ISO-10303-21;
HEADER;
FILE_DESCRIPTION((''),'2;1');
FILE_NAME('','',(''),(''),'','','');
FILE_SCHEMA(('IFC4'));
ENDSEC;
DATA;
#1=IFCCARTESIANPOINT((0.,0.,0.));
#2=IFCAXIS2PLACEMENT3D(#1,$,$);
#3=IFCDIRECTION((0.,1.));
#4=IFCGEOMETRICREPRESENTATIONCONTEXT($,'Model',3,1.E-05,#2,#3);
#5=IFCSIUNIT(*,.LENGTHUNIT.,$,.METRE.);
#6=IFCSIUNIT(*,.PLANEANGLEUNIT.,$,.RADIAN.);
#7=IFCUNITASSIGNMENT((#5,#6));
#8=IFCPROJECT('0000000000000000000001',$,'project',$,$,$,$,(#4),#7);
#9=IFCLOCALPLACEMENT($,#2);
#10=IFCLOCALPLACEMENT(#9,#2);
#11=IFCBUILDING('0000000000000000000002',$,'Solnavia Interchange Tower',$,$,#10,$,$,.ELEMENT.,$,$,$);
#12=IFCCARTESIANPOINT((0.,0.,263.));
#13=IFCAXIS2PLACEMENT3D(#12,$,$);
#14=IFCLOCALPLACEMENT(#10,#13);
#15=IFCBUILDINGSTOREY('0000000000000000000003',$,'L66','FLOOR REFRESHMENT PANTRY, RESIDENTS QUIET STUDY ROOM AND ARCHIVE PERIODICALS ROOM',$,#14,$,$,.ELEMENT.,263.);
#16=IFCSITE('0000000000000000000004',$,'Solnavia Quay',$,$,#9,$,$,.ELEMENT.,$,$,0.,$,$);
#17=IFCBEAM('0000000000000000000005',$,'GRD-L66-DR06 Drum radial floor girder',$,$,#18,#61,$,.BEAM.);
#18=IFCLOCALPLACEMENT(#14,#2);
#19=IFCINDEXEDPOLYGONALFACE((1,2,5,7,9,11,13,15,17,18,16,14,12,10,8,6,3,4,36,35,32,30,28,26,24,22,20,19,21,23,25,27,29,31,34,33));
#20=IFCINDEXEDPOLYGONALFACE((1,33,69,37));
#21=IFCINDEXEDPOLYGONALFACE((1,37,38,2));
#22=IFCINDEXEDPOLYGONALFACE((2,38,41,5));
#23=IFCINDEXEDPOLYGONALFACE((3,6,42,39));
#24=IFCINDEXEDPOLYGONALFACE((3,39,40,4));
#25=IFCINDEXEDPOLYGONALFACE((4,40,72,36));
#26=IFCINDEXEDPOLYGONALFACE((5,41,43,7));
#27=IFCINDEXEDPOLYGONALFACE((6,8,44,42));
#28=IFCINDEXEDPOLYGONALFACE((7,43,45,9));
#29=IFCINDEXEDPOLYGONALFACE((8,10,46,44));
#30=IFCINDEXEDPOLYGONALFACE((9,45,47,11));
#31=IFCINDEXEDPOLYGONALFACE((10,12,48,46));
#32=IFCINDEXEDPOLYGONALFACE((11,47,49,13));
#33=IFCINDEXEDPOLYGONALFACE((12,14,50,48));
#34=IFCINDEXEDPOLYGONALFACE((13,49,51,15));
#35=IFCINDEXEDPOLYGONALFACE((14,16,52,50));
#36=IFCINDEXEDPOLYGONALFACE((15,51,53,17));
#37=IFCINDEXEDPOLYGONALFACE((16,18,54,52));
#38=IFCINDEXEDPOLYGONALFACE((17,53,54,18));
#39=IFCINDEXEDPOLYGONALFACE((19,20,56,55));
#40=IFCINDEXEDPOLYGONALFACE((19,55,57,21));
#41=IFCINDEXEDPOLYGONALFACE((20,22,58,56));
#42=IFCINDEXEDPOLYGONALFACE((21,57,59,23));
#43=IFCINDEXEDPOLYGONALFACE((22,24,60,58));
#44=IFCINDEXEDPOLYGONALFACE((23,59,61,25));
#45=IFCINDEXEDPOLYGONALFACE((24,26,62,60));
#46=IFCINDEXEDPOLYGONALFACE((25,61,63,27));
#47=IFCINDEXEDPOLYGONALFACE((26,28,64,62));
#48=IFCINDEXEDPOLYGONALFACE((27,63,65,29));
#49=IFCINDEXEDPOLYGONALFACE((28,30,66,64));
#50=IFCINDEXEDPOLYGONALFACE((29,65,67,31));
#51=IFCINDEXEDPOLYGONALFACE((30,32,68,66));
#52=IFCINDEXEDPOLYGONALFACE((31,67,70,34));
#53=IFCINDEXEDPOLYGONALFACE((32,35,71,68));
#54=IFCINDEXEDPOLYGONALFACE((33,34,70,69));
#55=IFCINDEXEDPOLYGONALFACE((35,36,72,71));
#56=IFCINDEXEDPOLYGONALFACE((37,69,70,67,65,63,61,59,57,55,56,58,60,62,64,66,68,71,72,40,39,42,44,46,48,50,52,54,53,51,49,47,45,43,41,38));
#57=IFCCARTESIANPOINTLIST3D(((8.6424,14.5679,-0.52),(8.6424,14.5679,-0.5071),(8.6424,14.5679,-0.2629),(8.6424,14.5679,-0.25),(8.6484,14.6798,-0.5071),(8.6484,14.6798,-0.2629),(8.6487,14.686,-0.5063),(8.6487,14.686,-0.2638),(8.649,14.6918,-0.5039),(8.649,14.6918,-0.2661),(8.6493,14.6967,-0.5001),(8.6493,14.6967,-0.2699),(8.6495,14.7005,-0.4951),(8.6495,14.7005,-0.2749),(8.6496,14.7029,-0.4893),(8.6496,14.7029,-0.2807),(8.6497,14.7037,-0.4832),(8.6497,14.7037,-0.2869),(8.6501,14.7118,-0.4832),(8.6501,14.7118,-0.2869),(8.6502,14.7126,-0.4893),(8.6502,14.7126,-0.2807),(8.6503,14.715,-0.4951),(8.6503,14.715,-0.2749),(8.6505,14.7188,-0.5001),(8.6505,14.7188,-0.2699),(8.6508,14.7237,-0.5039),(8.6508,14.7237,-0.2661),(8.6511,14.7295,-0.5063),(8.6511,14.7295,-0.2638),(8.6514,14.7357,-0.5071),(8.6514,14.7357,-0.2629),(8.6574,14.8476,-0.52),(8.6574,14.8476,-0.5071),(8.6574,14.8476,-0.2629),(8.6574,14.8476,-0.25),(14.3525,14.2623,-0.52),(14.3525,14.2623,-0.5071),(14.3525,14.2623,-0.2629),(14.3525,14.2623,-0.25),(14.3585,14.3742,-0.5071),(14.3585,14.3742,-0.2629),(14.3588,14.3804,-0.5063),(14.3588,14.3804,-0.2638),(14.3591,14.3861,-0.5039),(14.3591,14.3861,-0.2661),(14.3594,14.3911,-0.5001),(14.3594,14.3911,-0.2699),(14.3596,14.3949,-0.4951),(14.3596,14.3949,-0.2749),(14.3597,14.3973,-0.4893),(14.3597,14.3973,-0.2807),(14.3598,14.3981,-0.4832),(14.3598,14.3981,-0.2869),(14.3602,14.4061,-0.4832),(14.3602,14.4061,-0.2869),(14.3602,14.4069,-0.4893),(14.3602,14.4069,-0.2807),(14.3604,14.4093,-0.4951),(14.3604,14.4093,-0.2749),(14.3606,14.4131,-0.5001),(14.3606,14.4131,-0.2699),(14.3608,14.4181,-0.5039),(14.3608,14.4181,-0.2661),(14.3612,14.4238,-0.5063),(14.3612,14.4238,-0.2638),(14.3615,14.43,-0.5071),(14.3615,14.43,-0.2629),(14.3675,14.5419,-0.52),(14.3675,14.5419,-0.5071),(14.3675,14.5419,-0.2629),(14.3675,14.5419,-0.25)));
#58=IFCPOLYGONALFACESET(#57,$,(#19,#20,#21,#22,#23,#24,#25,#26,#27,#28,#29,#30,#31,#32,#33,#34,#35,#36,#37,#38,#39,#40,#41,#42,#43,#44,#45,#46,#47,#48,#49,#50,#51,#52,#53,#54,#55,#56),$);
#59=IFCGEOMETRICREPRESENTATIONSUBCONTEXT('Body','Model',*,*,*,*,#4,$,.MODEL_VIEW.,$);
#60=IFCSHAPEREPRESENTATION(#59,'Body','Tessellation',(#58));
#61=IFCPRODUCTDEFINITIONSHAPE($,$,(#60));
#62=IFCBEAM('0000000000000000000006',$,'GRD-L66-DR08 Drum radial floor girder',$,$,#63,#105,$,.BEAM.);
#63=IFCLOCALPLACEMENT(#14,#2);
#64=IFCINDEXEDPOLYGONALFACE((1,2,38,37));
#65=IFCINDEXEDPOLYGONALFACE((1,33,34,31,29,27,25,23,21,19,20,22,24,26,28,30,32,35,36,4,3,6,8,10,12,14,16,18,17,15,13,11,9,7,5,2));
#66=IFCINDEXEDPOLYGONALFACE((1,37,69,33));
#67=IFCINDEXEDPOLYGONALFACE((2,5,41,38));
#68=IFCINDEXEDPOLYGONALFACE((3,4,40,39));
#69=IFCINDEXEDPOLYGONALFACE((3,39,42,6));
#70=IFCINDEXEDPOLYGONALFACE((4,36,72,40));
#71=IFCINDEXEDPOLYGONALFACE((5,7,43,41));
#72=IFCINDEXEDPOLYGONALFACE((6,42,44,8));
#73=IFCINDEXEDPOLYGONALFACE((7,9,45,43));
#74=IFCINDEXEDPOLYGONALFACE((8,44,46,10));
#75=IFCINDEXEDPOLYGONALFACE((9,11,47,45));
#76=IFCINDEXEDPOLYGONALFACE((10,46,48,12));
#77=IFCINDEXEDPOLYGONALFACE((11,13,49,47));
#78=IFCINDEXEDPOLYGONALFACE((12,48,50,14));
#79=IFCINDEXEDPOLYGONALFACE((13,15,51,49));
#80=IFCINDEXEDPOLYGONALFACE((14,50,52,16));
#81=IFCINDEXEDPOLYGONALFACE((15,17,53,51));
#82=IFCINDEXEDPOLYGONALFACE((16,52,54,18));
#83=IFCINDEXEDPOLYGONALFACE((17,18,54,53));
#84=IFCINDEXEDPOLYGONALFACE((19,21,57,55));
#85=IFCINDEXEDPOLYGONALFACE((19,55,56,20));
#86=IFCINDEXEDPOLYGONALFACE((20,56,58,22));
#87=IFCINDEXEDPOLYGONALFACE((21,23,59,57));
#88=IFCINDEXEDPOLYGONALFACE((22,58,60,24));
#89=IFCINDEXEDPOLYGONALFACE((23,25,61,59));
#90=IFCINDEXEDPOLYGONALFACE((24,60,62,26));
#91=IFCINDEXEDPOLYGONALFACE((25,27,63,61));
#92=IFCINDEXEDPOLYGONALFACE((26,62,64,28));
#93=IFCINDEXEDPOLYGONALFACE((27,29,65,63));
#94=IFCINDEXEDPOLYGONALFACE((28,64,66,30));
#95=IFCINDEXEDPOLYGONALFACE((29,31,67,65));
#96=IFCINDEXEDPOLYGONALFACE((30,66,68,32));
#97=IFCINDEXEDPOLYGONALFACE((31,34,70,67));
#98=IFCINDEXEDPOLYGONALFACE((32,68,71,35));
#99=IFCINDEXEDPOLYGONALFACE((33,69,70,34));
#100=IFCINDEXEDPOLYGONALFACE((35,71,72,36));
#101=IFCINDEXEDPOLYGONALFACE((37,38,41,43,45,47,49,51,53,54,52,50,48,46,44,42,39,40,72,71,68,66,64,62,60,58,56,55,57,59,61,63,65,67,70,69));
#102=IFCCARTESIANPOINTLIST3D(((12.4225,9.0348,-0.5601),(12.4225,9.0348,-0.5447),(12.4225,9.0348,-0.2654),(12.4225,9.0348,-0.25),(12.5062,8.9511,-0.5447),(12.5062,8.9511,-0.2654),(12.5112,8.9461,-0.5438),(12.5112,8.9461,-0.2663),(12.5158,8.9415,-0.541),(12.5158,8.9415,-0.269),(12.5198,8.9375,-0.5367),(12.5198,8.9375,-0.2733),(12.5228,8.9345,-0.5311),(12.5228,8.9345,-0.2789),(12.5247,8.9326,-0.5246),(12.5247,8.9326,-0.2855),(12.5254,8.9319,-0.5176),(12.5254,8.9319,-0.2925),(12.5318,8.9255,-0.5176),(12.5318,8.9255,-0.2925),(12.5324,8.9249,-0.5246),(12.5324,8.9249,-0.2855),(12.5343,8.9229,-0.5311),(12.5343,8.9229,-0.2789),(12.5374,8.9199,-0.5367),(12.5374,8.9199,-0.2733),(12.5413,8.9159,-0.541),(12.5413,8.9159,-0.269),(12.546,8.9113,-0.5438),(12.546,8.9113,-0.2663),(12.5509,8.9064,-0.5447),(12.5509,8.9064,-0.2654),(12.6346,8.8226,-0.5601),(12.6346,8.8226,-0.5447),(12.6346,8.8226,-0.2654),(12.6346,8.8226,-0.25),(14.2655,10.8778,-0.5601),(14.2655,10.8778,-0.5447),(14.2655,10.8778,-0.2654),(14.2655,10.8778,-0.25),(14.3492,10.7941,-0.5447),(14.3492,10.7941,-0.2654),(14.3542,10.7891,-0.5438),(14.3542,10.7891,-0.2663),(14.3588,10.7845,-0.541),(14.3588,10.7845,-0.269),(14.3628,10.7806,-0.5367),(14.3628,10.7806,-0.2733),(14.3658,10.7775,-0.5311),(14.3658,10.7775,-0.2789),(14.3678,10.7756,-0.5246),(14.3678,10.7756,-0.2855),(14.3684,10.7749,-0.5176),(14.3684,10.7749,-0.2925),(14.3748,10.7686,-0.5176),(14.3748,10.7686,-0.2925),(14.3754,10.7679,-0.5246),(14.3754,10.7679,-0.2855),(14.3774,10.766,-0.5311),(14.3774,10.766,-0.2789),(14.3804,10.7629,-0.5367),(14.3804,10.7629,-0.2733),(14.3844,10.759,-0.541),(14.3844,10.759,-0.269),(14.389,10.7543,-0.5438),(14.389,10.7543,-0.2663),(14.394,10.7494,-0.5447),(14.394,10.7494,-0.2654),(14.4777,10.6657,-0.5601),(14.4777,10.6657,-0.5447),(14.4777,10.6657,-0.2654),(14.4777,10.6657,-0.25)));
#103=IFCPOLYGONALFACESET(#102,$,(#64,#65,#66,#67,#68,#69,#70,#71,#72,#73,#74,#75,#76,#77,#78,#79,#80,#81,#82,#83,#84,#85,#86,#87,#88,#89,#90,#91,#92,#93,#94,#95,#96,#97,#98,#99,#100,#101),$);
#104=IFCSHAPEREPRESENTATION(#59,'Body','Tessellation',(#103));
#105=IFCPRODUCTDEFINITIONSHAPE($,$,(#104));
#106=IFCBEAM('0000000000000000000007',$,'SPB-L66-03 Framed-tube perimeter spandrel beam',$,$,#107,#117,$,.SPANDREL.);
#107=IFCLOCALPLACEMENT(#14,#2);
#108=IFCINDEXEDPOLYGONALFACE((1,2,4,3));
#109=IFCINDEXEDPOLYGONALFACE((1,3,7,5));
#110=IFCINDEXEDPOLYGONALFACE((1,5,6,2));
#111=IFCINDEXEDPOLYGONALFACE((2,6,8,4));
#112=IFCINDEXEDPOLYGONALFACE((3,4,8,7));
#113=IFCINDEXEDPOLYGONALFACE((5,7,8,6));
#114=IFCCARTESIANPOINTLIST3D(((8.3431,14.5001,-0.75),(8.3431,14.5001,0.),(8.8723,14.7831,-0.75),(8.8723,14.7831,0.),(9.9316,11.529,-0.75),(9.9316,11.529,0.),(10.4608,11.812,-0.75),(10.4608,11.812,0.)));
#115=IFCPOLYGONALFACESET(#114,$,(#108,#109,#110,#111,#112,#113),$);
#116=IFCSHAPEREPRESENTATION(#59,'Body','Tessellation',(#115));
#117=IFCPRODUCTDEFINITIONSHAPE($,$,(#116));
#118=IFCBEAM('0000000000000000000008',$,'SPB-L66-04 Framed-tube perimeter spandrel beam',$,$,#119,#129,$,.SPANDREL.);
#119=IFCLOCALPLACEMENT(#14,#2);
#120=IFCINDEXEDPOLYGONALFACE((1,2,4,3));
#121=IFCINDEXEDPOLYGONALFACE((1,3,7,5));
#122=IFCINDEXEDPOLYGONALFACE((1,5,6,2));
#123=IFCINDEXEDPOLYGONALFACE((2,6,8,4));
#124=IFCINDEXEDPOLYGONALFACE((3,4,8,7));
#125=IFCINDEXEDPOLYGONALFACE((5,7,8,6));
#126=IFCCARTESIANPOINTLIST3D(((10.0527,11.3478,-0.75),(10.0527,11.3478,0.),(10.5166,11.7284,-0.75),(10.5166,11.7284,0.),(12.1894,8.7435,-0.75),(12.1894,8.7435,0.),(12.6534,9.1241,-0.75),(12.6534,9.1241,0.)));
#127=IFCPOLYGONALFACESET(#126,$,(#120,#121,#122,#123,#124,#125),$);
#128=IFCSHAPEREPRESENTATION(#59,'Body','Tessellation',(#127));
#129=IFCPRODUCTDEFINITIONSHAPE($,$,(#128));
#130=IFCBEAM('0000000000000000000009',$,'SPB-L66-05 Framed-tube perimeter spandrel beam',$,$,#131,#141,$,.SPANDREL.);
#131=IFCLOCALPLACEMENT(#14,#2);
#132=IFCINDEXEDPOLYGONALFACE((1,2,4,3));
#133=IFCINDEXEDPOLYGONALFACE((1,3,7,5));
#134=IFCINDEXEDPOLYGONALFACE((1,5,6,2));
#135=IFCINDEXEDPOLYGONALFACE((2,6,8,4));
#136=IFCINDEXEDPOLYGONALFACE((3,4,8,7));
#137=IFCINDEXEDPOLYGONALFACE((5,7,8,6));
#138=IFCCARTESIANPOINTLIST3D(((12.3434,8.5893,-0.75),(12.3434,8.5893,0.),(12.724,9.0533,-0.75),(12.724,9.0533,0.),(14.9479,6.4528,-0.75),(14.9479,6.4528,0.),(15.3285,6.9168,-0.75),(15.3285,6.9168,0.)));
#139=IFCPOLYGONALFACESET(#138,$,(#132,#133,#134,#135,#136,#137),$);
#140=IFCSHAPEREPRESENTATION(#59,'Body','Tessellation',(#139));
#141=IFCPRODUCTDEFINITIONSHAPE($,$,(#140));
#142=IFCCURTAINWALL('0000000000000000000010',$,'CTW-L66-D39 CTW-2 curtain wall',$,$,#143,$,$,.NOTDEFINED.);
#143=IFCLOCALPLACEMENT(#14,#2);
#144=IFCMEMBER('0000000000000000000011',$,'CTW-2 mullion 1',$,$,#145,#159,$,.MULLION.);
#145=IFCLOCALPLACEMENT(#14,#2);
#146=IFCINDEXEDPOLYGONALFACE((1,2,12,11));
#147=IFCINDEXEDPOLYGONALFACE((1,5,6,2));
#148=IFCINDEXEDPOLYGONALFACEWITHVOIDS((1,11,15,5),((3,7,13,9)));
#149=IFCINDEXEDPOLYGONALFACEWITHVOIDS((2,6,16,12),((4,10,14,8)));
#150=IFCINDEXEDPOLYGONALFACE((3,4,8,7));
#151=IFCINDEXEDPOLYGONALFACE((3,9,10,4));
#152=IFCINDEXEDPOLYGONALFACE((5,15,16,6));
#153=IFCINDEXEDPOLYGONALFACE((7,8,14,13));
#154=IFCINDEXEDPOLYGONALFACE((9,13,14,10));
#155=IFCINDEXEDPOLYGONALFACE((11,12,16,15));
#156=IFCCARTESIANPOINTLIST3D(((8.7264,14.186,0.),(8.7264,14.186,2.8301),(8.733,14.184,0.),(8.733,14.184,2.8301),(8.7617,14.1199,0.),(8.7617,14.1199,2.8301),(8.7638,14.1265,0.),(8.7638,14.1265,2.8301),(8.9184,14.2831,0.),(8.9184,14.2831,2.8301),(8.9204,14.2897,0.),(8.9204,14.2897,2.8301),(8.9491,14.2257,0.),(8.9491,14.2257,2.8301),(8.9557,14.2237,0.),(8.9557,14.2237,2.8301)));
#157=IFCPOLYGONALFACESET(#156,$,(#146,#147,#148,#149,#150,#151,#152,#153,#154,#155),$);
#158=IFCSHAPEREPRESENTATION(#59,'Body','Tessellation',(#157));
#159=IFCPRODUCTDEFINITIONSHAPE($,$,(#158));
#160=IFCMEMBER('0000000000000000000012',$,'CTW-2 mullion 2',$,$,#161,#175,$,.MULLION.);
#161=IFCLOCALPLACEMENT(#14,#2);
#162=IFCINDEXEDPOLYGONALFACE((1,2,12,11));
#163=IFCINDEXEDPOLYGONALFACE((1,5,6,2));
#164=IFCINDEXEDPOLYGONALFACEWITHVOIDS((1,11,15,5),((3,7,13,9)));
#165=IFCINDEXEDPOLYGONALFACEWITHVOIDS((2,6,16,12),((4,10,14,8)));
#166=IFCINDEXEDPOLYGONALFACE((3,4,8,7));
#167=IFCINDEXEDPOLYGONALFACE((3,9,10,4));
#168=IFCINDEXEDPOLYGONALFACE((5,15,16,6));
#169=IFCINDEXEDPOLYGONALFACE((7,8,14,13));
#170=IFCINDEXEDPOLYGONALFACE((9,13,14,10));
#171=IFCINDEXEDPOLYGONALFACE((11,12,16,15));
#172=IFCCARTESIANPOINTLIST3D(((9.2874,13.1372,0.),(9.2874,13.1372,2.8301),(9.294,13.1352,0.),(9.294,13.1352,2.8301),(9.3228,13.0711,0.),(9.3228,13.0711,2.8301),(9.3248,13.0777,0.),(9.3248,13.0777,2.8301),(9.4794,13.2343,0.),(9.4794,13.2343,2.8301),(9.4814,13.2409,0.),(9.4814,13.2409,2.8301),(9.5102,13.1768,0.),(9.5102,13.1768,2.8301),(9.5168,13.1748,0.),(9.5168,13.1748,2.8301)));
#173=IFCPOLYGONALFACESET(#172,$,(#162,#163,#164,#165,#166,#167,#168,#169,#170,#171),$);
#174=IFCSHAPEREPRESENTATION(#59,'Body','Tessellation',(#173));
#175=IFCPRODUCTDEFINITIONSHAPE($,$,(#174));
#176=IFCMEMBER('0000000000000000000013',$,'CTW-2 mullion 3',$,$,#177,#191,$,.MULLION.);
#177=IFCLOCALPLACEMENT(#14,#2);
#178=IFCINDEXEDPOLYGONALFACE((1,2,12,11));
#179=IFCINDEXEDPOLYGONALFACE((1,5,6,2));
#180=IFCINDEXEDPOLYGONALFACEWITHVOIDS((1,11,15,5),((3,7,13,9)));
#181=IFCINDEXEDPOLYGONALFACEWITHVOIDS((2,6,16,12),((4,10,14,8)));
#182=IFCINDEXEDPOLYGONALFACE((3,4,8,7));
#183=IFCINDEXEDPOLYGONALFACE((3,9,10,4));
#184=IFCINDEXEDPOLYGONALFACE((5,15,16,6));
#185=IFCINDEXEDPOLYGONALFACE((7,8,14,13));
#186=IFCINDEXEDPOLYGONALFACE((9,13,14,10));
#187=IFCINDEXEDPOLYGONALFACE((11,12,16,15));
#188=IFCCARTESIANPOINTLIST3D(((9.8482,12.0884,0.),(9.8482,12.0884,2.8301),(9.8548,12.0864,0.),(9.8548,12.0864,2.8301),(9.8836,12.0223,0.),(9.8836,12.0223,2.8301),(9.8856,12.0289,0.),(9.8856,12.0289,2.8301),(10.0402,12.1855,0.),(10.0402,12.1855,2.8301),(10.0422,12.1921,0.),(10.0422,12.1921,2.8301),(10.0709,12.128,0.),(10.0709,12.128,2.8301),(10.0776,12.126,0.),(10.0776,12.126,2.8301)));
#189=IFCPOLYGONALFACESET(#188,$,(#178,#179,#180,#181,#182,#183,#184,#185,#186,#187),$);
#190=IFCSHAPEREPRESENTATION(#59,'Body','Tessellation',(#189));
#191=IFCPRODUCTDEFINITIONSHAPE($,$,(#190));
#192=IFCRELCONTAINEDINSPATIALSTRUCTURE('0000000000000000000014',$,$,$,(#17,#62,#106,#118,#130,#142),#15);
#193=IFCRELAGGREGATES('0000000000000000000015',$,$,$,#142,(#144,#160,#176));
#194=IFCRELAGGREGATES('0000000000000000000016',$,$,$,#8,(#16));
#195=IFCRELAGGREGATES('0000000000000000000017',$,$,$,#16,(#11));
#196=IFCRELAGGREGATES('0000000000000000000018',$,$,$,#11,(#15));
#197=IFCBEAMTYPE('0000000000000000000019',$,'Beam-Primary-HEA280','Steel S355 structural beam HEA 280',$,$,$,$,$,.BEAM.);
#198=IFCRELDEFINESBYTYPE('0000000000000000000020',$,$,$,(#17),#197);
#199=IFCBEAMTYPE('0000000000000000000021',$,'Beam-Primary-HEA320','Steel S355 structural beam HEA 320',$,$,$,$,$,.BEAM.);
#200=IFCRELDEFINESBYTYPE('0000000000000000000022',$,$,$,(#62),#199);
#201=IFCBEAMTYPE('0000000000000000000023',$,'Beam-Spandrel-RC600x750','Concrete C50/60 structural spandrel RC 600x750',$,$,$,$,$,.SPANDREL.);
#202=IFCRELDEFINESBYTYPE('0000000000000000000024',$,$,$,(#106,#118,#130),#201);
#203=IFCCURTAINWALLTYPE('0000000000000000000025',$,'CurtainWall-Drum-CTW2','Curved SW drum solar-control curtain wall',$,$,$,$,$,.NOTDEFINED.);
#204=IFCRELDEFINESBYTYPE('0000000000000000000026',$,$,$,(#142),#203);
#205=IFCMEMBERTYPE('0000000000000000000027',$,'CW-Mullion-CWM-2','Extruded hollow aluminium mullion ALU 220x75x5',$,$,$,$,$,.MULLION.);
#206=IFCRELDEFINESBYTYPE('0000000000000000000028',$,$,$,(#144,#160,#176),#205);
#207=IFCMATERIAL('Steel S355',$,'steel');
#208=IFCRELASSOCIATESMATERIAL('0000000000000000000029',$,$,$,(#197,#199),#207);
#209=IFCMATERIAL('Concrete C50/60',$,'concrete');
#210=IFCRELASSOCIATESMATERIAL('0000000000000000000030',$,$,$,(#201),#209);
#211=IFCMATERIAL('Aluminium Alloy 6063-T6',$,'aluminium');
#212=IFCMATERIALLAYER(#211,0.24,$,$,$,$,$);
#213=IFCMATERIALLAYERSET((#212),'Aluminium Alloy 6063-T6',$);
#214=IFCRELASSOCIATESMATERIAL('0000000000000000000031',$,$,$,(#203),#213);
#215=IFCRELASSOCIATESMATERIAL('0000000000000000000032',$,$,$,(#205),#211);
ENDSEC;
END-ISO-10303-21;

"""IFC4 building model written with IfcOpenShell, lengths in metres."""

from ifc_helpers import new_model, si_unit, direction, frame, origin, origin_2d, place, context, subcontext, project, spatial, rectangle, hollow_rectangle, i_section, extrude, material, layer, layer_set, material_profile, profile_set, type_object, element, aggregate, save


model = new_model("IFC4")

# Units and contexts
model_context = context("Model", 3, precision=1e-05, world=origin(), true_north=direction((0.0, 1.0)))
body_context = subcontext(model_context, "Body", "Model", "MODEL_VIEW")
ifc_project = project(units=[si_unit("LENGTHUNIT", "METRE"), si_unit("PLANEANGLEUNIT", "RADIAN")], contexts=[model_context])

# Site, building, storey
site_placement = place(None, origin())
site = spatial("IfcSite", under=ifc_project, at=site_placement, Name="Solnavia Quay", CompositionType="ELEMENT", RefElevation=0.0)
building_placement = place(site_placement, origin())
building = spatial("IfcBuilding", under=site, at=building_placement, Name="Solnavia Interchange Tower", CompositionType="ELEMENT")
storey_placement = place(building_placement, frame((0.0, 0.0, 263.0)))
storey = spatial("IfcBuildingStorey", under=building, at=storey_placement, Name="L66", Description="FLOOR REFRESHMENT PANTRY, RESIDENTS QUIET STUDY ROOM AND ARCHIVE PERIODICALS ROOM", CompositionType="ELEMENT", Elevation=263.0)

# Shared definitions
ifc_material_1 = material(Name="Concrete C50/60", Category="concrete")

# Beams
ifc_material_2 = material(Name="Steel S355", Category="steel")
ifc_material_profile_1 = material_profile(ifc_material_2, i_section(OverallWidth=0.28, OverallDepth=0.27, WebThickness=0.0081, FlangeThickness=0.0129, FilletRadius=0.0239, at=origin_2d()), Name="HEA 280")
ifc_profile_set_1 = profile_set([ifc_material_profile_1], Name="Steel S355")
beam_type_1 = type_object("IfcBeamType", Name="Beam-Primary-HEA280", Description="Steel S355 structural beam HEA 280", PredefinedType="BEAM", material=ifc_profile_set_1)
beam_1_placement = place(storey_placement, frame((8.6499, 14.7078, -0.385), z_axis=(0.99857, -0.053453, 0.0), x_axis=(0.053453, 0.99857, 0.0)))
element("IfcBeam", 1, at=beam_1_placement, inside=storey, type_object=beam_type_1, Name="GRD-L66-DR06 Drum radial floor girder", PredefinedType="BEAM", context=body_context, shape_type="SweptSolid", body=[
    extrude(i_section(OverallWidth=0.28, OverallDepth=0.27, WebThickness=0.0081, FlangeThickness=0.0129, FilletRadius=0.0239, at=origin_2d()), origin(), (0.0, 0.0, 1.0), 5.7183),
])
ifc_material_profile_2 = material_profile(ifc_material_2, i_section(OverallWidth=0.3, OverallDepth=0.3101, WebThickness=0.009, FlangeThickness=0.0154, FilletRadius=0.0271, at=origin_2d()), Name="HEA 320")
ifc_profile_set_2 = profile_set([ifc_material_profile_2], Name="Steel S355")
beam_type_2 = type_object("IfcBeamType", Name="Beam-Primary-HEA320", Description="Steel S355 structural beam HEA 320", PredefinedType="BEAM", material=ifc_profile_set_2)
beam_2_placement = place(storey_placement, frame((12.5286, 8.9287, -0.405), z_axis=(0.707107, 0.707107, 0.0), x_axis=(-0.707107, 0.707107, 0.0)))
element("IfcBeam", 2, at=beam_2_placement, inside=storey, type_object=beam_type_2, Name="GRD-L66-DR08 Drum radial floor girder", PredefinedType="BEAM", context=body_context, shape_type="SweptSolid", body=[
    extrude(i_section(OverallWidth=0.3, OverallDepth=0.3101, WebThickness=0.009, FlangeThickness=0.0154, FilletRadius=0.0271, at=origin_2d()), origin(), (0.0, 0.0, 1.0), 2.6064),
])
ifc_material_profile_3 = material_profile(ifc_material_1, rectangle(XDim=0.6001, YDim=0.75, at=origin_2d()), Name="RC 600x750")
ifc_profile_set_3 = profile_set([ifc_material_profile_3], Name="Concrete C50/60")
beam_type_3 = type_object("IfcBeamType", Name="Beam-Spandrel-RC600x750", Description="Concrete C50/60 structural spandrel RC 600x750", PredefinedType="SPANDREL", material=ifc_profile_set_3)
beam_3_placement = place(storey_placement, frame((8.6077, 14.6416, -0.375), z_axis=(0.471509, -0.881861, 0.0), x_axis=(0.881861, 0.471509, 0.0)))
element("IfcBeam", 3, at=beam_3_placement, inside=storey, type_object=beam_type_3, Name="SPB-L66-03 Framed-tube perimeter spandrel beam", PredefinedType="SPANDREL", context=body_context, shape_type="SweptSolid", body=[
    extrude(rectangle(XDim=0.6001, YDim=0.75, at=origin_2d()), origin(), (0.0, 0.0, 1.0), 3.3691),
])
for number, where, z_axis, x_axis, name in (
    (4, (10.2847, 11.5381, -0.375), (0.634299, -0.773088, 0.0), (0.773088, 0.634299, 0.0), "SPB-L66-04 Framed-tube perimeter spandrel beam"),
    (5, (12.5337, 8.8213, -0.375), (0.773153, -0.63422, 0.0), (0.63422, 0.773153, 0.0), "SPB-L66-05 Framed-tube perimeter spandrel beam"),
):
    element("IfcBeam", number, at=place(storey_placement, frame(where, z_axis=z_axis, x_axis=x_axis)), inside=storey, type_object=beam_type_3, Name=name, PredefinedType="SPANDREL", context=body_context, shape_type="SweptSolid", body=[
        extrude(rectangle(XDim=0.6001, YDim=0.75, at=origin_2d()), origin(), (0.0, 0.0, 1.0), 3.3687),
    ])

# Curtain wall, members
ifc_material_3 = material(Name="Aluminium Alloy 6063-T6", Category="aluminium")
ifc_layer_1 = layer(ifc_material_3, 0.24)
ifc_layer_set_1 = layer_set([ifc_layer_1], Name="Aluminium Alloy 6063-T6")
curtain_wall_type = type_object("IfcCurtainWallType", Name="CurtainWall-Drum-CTW2", Description="Curved SW drum solar-control curtain wall", PredefinedType="NOTDEFINED", material=ifc_layer_set_1)
curtain_wall_1_placement = place(storey_placement, origin())
curtain_wall_1 = element("IfcCurtainWall", 6, at=curtain_wall_1_placement, inside=storey, type_object=curtain_wall_type, Name="CTW-L66-D39 CTW-2 curtain wall", PredefinedType="NOTDEFINED")
ifc_material_profile_4 = material_profile(ifc_material_3, hollow_rectangle(XDim=0.075, YDim=0.22, WallThickness=0.0049, at=origin_2d()), Name="ALU 220x75x5")
ifc_profile_set_4 = profile_set([ifc_material_profile_4], Name="Aluminium Alloy 6063-T6")
member_type_1 = type_object("IfcMemberType", Name="CW-Mullion-CWM-2", Description="Extruded hollow aluminium mullion ALU 220x75x5", PredefinedType="MULLION", material=ifc_profile_set_4)
member_1_placement = place(storey_placement, frame((8.8411, 14.2048, 0.0), z_axis=(0.0, 0.0, 1.0), x_axis=(0.471561, -0.881834, 0.0)))
member_1 = element("IfcMember", 7, at=member_1_placement, type_object=member_type_1, Name="CTW-2 mullion 1", PredefinedType="MULLION", context=body_context, shape_type="SweptSolid", body=[
    extrude(hollow_rectangle(XDim=0.075, YDim=0.22, WallThickness=0.0049, at=origin_2d()), origin(), (0.0, 0.0, 1.0), 2.8301),
])
member_2_placement = place(storey_placement, frame((9.4021, 13.156, 0.0), z_axis=(0.0, 0.0, 1.0), x_axis=(0.471561, -0.881834, 0.0)))
member_2 = element("IfcMember", 8, at=member_2_placement, type_object=member_type_1, Name="CTW-2 mullion 2", PredefinedType="MULLION", context=body_context, shape_type="SweptSolid", body=[
    extrude(hollow_rectangle(XDim=0.075, YDim=0.22, WallThickness=0.0049, at=origin_2d()), origin(), (0.0, 0.0, 1.0), 2.8301),
])
member_3_placement = place(storey_placement, frame((9.9629, 12.1072, 0.0), z_axis=(0.0, 0.0, 1.0), x_axis=(0.471561, -0.881834, 0.0)))
member_3 = element("IfcMember", 9, at=member_3_placement, type_object=member_type_1, Name="CTW-2 mullion 3", PredefinedType="MULLION", context=body_context, shape_type="SweptSolid", body=[
    extrude(hollow_rectangle(XDim=0.075, YDim=0.22, WallThickness=0.0049, at=origin_2d()), origin(), (0.0, 0.0, 1.0), 2.8301),
])

aggregate(curtain_wall_1, [member_1, member_2, member_3])

save(model, "model.ifc")
